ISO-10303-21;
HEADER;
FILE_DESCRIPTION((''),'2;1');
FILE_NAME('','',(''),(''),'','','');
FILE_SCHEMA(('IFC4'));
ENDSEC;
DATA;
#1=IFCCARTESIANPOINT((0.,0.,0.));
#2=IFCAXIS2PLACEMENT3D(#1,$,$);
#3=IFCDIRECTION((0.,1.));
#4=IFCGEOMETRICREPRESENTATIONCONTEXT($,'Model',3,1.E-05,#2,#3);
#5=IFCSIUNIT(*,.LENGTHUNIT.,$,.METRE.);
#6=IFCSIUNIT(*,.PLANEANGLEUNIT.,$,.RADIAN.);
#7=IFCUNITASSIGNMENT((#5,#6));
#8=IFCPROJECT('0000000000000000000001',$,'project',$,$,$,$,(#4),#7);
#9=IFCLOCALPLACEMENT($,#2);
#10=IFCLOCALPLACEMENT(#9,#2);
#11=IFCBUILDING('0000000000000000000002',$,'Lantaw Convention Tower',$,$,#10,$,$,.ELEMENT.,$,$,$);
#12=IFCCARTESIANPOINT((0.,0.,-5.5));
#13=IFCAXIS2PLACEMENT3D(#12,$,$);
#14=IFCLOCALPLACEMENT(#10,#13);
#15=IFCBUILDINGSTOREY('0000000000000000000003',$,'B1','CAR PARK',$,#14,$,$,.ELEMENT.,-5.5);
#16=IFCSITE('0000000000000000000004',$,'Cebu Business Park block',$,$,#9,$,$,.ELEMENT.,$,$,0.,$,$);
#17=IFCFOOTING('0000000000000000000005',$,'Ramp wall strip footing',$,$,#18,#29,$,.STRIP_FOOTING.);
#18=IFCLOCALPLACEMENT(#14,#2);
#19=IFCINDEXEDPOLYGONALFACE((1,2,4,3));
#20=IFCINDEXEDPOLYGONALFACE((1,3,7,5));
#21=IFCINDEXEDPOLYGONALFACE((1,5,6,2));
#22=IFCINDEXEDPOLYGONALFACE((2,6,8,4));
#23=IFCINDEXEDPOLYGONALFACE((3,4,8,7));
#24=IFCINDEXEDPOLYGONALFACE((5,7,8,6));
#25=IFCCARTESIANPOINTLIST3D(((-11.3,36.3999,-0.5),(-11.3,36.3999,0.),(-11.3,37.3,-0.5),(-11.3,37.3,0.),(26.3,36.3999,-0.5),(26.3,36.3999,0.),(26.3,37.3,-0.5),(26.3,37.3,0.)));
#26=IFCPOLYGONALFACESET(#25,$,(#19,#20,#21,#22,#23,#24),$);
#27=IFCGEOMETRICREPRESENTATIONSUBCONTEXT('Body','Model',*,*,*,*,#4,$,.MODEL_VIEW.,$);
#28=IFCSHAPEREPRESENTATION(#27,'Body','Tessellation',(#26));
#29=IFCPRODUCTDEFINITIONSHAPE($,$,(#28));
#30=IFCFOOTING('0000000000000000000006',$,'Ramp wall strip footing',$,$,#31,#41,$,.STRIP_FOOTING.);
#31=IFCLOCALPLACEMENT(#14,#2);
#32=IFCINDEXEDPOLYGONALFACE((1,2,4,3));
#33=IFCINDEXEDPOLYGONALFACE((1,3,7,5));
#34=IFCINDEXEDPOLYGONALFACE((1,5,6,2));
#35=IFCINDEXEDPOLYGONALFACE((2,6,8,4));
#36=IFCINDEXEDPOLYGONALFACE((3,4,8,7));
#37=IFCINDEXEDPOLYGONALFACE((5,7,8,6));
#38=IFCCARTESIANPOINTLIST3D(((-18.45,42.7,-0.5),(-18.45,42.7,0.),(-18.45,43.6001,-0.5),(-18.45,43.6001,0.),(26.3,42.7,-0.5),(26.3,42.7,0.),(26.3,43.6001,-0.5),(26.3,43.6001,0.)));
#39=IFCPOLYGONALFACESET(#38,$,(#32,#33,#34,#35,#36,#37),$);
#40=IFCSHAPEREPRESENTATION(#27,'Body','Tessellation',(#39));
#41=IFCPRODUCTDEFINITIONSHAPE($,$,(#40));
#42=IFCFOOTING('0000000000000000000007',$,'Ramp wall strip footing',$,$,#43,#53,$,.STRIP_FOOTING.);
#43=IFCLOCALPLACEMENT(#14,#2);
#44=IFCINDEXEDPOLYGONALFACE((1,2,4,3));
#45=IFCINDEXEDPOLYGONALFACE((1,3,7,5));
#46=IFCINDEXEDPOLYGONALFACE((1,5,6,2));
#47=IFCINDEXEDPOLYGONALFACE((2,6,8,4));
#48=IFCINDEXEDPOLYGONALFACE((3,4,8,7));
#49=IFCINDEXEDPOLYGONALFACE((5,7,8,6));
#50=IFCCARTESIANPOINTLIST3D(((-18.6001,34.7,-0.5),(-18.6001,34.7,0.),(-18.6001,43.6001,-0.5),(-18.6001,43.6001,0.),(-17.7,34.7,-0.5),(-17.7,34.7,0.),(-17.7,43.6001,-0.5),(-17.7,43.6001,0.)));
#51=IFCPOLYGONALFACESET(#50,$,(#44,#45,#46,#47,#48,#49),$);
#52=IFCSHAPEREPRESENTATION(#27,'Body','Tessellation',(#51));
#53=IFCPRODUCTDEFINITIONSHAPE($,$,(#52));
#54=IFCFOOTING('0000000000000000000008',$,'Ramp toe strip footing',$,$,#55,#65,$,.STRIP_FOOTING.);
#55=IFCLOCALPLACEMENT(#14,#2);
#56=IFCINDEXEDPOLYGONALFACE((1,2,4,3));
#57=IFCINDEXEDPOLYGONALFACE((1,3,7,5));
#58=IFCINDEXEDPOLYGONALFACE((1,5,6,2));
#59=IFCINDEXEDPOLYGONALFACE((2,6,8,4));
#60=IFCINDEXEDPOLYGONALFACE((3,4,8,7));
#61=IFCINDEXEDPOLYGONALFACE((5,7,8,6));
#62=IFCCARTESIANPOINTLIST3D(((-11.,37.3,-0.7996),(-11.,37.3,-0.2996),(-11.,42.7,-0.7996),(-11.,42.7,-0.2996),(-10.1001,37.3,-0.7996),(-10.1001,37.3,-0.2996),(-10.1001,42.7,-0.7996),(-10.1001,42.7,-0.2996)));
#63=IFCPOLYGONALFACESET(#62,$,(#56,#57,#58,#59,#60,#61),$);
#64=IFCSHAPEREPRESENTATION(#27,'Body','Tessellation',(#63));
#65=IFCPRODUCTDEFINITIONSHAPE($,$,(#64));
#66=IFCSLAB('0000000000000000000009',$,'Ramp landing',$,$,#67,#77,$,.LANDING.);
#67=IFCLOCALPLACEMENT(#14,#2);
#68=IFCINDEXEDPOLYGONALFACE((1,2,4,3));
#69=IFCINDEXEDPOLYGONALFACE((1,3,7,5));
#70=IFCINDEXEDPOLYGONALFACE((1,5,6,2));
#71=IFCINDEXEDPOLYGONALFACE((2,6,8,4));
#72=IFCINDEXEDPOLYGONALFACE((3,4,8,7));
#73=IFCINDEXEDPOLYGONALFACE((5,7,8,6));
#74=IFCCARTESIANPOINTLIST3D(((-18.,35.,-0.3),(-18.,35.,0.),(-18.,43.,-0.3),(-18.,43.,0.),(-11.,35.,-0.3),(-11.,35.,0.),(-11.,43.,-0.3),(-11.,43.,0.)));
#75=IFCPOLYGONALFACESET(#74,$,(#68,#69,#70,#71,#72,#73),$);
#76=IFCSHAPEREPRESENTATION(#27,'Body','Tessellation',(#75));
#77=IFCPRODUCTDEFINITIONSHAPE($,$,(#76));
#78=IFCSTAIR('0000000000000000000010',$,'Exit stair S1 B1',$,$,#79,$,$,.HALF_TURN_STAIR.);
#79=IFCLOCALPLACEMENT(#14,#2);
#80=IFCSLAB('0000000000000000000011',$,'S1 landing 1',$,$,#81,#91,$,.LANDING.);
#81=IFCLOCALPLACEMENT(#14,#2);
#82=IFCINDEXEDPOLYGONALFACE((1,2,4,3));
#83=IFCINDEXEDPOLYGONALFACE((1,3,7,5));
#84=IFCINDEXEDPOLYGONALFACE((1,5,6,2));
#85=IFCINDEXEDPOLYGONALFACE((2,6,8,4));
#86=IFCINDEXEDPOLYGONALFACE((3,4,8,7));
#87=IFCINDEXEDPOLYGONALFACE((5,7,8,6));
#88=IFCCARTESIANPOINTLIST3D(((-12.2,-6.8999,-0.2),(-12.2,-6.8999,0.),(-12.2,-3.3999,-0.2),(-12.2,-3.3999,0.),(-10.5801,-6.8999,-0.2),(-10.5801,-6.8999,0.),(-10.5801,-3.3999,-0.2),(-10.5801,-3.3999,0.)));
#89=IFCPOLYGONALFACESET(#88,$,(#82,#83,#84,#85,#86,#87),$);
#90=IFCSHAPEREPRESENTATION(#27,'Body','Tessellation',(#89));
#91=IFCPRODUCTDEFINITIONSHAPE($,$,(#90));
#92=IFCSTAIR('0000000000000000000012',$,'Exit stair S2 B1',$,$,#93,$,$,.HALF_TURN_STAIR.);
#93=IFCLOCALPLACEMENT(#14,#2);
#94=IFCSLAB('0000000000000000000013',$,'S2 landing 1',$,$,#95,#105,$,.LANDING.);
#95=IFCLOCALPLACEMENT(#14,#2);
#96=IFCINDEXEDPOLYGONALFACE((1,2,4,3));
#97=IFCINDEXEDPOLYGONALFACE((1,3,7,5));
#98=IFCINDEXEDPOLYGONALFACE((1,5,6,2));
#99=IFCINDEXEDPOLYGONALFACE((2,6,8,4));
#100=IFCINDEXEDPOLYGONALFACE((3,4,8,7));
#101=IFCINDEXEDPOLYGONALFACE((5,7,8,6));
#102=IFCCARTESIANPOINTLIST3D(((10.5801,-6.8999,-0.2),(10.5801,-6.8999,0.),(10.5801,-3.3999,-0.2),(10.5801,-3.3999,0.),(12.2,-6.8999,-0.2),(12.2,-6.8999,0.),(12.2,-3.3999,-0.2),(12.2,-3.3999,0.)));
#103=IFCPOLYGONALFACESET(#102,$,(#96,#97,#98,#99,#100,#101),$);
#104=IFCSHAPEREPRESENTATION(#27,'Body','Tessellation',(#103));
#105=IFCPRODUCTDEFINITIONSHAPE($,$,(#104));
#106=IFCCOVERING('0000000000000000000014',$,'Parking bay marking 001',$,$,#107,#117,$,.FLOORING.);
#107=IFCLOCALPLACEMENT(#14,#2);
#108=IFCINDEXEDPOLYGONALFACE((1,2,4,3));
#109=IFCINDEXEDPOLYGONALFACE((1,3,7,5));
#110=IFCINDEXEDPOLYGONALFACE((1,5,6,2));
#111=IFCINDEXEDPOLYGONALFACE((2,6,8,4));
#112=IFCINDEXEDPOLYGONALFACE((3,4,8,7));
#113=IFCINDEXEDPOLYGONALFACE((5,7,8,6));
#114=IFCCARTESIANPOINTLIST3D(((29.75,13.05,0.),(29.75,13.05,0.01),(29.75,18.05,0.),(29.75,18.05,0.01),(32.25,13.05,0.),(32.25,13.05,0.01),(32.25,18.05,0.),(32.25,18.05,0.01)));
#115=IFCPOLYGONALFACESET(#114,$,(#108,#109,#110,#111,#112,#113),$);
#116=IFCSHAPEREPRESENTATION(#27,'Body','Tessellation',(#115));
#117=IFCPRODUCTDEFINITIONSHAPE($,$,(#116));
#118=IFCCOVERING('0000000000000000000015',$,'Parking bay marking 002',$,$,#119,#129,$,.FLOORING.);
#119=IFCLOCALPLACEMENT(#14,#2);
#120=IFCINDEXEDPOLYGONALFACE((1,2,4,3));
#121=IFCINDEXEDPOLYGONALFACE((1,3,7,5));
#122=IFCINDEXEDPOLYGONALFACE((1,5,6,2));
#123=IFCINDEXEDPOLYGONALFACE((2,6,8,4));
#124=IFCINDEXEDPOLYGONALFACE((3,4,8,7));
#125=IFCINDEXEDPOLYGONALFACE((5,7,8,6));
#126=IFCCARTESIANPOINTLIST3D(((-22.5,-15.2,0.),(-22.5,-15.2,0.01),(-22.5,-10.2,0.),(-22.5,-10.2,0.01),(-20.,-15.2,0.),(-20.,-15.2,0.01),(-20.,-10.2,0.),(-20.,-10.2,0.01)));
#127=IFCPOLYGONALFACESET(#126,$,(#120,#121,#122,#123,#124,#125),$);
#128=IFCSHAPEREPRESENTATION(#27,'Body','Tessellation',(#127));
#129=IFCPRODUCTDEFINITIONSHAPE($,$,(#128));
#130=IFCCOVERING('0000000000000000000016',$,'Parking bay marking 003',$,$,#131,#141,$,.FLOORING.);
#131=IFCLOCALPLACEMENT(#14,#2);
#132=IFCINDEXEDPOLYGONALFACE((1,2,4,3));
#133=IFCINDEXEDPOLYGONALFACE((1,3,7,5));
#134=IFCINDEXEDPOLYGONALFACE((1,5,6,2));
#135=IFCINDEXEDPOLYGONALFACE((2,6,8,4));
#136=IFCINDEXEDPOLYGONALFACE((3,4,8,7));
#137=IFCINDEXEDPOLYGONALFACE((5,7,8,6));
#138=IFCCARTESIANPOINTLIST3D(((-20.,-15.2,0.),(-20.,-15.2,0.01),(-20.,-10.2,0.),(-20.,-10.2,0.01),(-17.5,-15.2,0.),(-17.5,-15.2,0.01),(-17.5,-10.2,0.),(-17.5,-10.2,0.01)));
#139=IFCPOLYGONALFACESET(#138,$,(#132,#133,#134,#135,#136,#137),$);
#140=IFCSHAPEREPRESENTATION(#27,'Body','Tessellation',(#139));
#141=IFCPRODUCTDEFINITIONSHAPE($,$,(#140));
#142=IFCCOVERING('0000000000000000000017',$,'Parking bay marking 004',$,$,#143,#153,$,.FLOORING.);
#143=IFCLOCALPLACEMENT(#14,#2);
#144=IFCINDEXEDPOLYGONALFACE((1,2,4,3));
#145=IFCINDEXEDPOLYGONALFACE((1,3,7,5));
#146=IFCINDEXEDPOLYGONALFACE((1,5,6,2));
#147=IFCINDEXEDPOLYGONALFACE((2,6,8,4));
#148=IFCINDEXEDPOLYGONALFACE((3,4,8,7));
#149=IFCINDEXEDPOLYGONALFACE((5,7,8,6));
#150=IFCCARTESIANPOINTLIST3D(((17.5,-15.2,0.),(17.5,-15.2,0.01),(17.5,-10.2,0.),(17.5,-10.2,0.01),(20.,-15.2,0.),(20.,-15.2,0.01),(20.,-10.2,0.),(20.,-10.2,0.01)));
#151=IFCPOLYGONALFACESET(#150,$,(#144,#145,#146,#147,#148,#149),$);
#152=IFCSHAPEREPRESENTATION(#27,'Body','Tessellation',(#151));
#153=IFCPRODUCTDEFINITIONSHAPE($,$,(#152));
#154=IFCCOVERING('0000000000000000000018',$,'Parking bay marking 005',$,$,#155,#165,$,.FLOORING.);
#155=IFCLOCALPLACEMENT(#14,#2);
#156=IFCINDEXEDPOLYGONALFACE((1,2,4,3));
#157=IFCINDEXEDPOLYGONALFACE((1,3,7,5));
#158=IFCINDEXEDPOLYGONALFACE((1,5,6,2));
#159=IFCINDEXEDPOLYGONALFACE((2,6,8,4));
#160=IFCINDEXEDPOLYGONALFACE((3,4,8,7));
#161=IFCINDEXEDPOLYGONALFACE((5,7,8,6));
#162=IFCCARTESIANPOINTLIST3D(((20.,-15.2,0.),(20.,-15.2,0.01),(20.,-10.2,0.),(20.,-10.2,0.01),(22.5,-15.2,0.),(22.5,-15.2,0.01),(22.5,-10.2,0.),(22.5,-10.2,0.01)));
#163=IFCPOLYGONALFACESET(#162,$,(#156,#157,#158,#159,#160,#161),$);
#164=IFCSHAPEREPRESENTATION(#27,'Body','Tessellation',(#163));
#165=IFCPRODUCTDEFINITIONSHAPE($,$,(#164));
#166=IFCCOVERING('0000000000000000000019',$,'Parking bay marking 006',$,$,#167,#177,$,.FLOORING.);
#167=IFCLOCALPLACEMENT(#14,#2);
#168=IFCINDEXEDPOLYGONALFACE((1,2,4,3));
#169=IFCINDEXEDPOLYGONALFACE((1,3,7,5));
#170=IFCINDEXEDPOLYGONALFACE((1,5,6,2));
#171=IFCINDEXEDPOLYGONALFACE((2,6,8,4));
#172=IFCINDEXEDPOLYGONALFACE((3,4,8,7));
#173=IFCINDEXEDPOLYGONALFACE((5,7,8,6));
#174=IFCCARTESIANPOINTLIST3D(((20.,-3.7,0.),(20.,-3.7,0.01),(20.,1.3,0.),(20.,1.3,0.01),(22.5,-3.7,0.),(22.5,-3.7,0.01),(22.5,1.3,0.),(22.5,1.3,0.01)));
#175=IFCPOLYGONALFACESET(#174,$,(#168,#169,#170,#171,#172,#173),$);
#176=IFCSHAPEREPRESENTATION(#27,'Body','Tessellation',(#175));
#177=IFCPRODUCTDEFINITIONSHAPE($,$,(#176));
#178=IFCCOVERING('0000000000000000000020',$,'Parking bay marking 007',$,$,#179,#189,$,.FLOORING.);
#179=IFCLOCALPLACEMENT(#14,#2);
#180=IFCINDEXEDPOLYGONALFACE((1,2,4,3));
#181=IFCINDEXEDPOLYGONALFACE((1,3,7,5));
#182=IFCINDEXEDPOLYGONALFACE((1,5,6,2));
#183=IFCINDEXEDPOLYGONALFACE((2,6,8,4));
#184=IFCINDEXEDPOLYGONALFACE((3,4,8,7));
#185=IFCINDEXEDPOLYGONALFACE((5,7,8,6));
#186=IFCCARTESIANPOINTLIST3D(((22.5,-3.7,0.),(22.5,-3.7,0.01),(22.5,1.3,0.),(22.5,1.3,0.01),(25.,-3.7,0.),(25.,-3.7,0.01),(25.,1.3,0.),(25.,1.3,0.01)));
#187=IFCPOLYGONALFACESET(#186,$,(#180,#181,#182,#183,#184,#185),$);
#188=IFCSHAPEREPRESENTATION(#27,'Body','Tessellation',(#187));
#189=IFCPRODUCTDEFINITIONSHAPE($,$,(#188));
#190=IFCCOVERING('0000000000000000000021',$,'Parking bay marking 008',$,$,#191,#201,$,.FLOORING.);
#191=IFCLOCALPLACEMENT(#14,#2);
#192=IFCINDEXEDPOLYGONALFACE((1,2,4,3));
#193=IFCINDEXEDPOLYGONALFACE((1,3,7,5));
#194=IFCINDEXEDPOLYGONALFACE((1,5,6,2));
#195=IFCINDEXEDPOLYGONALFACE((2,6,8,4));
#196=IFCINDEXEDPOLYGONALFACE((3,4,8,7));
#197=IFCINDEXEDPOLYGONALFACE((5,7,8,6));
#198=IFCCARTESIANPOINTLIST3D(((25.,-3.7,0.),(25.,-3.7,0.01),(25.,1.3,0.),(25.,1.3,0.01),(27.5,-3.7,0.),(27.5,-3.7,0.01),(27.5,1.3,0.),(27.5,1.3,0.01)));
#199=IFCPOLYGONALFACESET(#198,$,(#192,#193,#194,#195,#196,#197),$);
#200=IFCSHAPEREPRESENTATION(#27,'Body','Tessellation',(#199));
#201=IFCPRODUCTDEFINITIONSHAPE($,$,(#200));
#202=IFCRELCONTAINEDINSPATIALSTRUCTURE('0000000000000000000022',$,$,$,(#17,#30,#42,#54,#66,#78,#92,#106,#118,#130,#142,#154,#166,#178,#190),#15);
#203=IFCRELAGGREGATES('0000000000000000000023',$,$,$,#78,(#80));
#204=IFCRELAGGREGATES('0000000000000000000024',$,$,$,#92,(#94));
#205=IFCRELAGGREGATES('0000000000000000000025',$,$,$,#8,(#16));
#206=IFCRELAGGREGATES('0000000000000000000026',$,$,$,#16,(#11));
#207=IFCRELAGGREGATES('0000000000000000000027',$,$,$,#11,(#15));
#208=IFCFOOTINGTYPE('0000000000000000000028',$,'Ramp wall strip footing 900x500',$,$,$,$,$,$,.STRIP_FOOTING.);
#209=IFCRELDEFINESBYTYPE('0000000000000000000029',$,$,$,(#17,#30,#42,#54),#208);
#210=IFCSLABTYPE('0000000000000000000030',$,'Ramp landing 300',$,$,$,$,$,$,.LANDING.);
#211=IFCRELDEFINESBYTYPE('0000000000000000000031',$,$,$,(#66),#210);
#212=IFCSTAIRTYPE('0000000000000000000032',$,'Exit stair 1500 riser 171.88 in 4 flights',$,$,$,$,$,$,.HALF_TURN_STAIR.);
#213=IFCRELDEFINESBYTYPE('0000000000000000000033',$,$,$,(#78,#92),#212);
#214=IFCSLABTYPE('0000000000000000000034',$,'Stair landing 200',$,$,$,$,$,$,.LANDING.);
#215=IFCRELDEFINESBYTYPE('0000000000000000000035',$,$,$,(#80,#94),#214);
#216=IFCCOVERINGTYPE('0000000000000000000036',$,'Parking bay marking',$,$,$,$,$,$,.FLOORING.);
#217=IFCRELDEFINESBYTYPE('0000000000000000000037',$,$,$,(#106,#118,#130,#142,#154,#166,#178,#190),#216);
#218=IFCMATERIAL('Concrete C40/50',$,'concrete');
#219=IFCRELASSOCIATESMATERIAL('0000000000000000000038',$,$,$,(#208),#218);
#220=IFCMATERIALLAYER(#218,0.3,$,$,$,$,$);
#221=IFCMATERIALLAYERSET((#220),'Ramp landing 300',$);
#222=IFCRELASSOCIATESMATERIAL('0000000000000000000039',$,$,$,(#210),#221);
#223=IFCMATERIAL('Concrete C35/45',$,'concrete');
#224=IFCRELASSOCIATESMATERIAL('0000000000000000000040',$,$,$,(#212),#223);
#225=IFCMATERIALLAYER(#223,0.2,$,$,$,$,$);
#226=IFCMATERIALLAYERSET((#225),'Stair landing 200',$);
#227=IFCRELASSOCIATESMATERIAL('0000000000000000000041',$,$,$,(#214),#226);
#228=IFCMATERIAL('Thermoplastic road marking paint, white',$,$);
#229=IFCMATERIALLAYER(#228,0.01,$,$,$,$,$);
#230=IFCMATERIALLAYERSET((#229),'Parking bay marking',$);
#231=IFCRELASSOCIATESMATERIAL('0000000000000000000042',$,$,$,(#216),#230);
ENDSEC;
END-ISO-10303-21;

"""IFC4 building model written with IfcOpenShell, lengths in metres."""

from ifc_helpers import new_model, si_unit, direction, frame, origin, place, context, subcontext, project, spatial, polyline, outline, extrude, material, layer, layer_set, type_object, element, aggregate, save


model = new_model("IFC4")

# Units and contexts
model_context = context("Model", 3, precision=1e-05, world=origin(), true_north=direction((0.0, 1.0)))
body_context = subcontext(model_context, "Body", "Model", "MODEL_VIEW")
ifc_project = project(units=[si_unit("LENGTHUNIT", "METRE"), si_unit("PLANEANGLEUNIT", "RADIAN")], contexts=[model_context])

# Site, building, storey
site_placement = place(None, origin())
site = spatial("IfcSite", under=ifc_project, at=site_placement, Name="Cebu Business Park block", CompositionType="ELEMENT", RefElevation=0.0)
building_placement = place(site_placement, origin())
building = spatial("IfcBuilding", under=site, at=building_placement, Name="Lantaw Convention Tower", CompositionType="ELEMENT")
storey_placement = place(building_placement, frame((0.0, 0.0, -5.5)))
storey = spatial("IfcBuildingStorey", under=building, at=storey_placement, Name="B1", Description="CAR PARK", CompositionType="ELEMENT", Elevation=-5.5)

# Footings
ifc_material_1 = material(Name="Concrete C40/50", Category="concrete")
footing_type = type_object("IfcFootingType", Name="Ramp wall strip footing 900x500", PredefinedType="STRIP_FOOTING", material=ifc_material_1)
footing_1_placement = place(storey_placement, frame((0.0, 0.0, -0.5)))
element("IfcFooting", 1, at=footing_1_placement, inside=storey, type_object=footing_type, Name="Ramp wall strip footing", PredefinedType="STRIP_FOOTING", context=body_context, shape_type="SweptSolid", body=[
    extrude(outline(polyline([(-11.3, 37.3), (-11.3, 36.3999), (26.3, 36.3999), (26.3, 37.3), (-11.3, 37.3)])), origin(), (0.0, 0.0, 1.0), 0.5),
])
footing_2_placement = place(storey_placement, frame((0.0, 0.0, -0.5)))
element("IfcFooting", 2, at=footing_2_placement, inside=storey, type_object=footing_type, Name="Ramp wall strip footing", PredefinedType="STRIP_FOOTING", context=body_context, shape_type="SweptSolid", body=[
    extrude(outline(polyline([(26.3, 42.7), (26.3, 43.6001), (-18.45, 43.6001), (-18.45, 42.7), (26.3, 42.7)])), origin(), (0.0, 0.0, 1.0), 0.5),
])
footing_3_placement = place(storey_placement, frame((0.0, 0.0, -0.5)))
element("IfcFooting", 3, at=footing_3_placement, inside=storey, type_object=footing_type, Name="Ramp wall strip footing", PredefinedType="STRIP_FOOTING", context=body_context, shape_type="SweptSolid", body=[
    extrude(outline(polyline([(-17.7, 43.6001), (-18.6001, 43.6001), (-18.6001, 34.7), (-17.7, 34.7), (-17.7, 43.6001)])), origin(), (0.0, 0.0, 1.0), 0.5),
])
footing_4_placement = place(storey_placement, frame((0.0, 0.0, -0.7996)))
element("IfcFooting", 4, at=footing_4_placement, inside=storey, type_object=footing_type, Name="Ramp toe strip footing", PredefinedType="STRIP_FOOTING", context=body_context, shape_type="SweptSolid", body=[
    extrude(outline(polyline([(-11.0, 37.3), (-10.1001, 37.3), (-10.1001, 42.7), (-11.0, 42.7), (-11.0, 37.3)])), origin(), (0.0, 0.0, 1.0), 0.5),
])

# Slab
ifc_layer_1 = layer(ifc_material_1, 0.3)
ifc_layer_set_1 = layer_set([ifc_layer_1], Name="Ramp landing 300")
slab_type_1 = type_object("IfcSlabType", Name="Ramp landing 300", PredefinedType="LANDING", material=ifc_layer_set_1)
slab_1_placement = place(storey_placement, frame((0.0, 0.0, -0.3)))
element("IfcSlab", 5, at=slab_1_placement, inside=storey, type_object=slab_type_1, Name="Ramp landing", PredefinedType="LANDING", context=body_context, shape_type="SweptSolid", body=[
    extrude(outline(polyline([(-18.0, 35.0), (-11.0, 35.0), (-11.0, 43.0), (-18.0, 43.0), (-18.0, 35.0)])), origin(), (0.0, 0.0, 1.0), 0.3),
])

# Stairs, slabs
ifc_material_2 = material(Name="Concrete C35/45", Category="concrete")
stair_type = type_object("IfcStairType", Name="Exit stair 1500 riser 171.88 in 4 flights", PredefinedType="HALF_TURN_STAIR", material=ifc_material_2)
stair_1_placement = place(storey_placement, origin())
stair_1 = element("IfcStair", 6, at=stair_1_placement, inside=storey, type_object=stair_type, Name="Exit stair S1 B1", PredefinedType="HALF_TURN_STAIR")
ifc_layer_2 = layer(ifc_material_2, 0.2)
ifc_layer_set_2 = layer_set([ifc_layer_2], Name="Stair landing 200")
slab_type_2 = type_object("IfcSlabType", Name="Stair landing 200", PredefinedType="LANDING", material=ifc_layer_set_2)
slab_2_placement = place(storey_placement, frame((0.0, 0.0, -0.2)))
slab_2 = element("IfcSlab", 7, at=slab_2_placement, type_object=slab_type_2, Name="S1 landing 1", PredefinedType="LANDING", context=body_context, shape_type="SweptSolid", body=[
    extrude(outline(polyline([(-12.2, -6.8999), (-10.5801, -6.8999), (-10.5801, -3.3999), (-12.2, -3.3999), (-12.2, -6.8999)])), origin(), (0.0, 0.0, 1.0), 0.2),
])
aggregate(stair_1, [slab_2])
stair_2_placement = place(storey_placement, origin())
stair_2 = element("IfcStair", 8, at=stair_2_placement, inside=storey, type_object=stair_type, Name="Exit stair S2 B1", PredefinedType="HALF_TURN_STAIR")
slab_3_placement = place(storey_placement, frame((0.0, 0.0, -0.2)))
slab_3 = element("IfcSlab", 9, at=slab_3_placement, type_object=slab_type_2, Name="S2 landing 1", PredefinedType="LANDING", context=body_context, shape_type="SweptSolid", body=[
    extrude(outline(polyline([(10.5801, -6.8999), (12.2, -6.8999), (12.2, -3.3999), (10.5801, -3.3999), (10.5801, -6.8999)])), origin(), (0.0, 0.0, 1.0), 0.2),
])
aggregate(stair_2, [slab_3])

# Coverings
ifc_material_3 = material(Name="Thermoplastic road marking paint, white")
ifc_layer_3 = layer(ifc_material_3, 0.01)
ifc_layer_set_3 = layer_set([ifc_layer_3], Name="Parking bay marking")
covering_type = type_object("IfcCoveringType", Name="Parking bay marking", PredefinedType="FLOORING", material=ifc_layer_set_3)
covering_1_placement = place(storey_placement, origin())
element("IfcCovering", 10, at=covering_1_placement, inside=storey, type_object=covering_type, Name="Parking bay marking 001", PredefinedType="FLOORING", context=body_context, shape_type="SweptSolid", body=[
    extrude(outline(polyline([(29.75, 13.05), (32.25, 13.05), (32.25, 18.05), (29.75, 18.05), (29.75, 13.05)])), origin(), (0.0, 0.0, 1.0), 0.01),
])
covering_2_placement = place(storey_placement, origin())
element("IfcCovering", 11, at=covering_2_placement, inside=storey, type_object=covering_type, Name="Parking bay marking 002", PredefinedType="FLOORING", context=body_context, shape_type="SweptSolid", body=[
    extrude(outline(polyline([(-22.5, -15.2), (-20.0, -15.2), (-20.0, -10.2), (-22.5, -10.2), (-22.5, -15.2)])), origin(), (0.0, 0.0, 1.0), 0.01),
])
covering_3_placement = place(storey_placement, origin())
element("IfcCovering", 12, at=covering_3_placement, inside=storey, type_object=covering_type, Name="Parking bay marking 003", PredefinedType="FLOORING", context=body_context, shape_type="SweptSolid", body=[
    extrude(outline(polyline([(-20.0, -15.2), (-17.5, -15.2), (-17.5, -10.2), (-20.0, -10.2), (-20.0, -15.2)])), origin(), (0.0, 0.0, 1.0), 0.01),
])
covering_4_placement = place(storey_placement, origin())
element("IfcCovering", 13, at=covering_4_placement, inside=storey, type_object=covering_type, Name="Parking bay marking 004", PredefinedType="FLOORING", context=body_context, shape_type="SweptSolid", body=[
    extrude(outline(polyline([(17.5, -15.2), (20.0, -15.2), (20.0, -10.2), (17.5, -10.2), (17.5, -15.2)])), origin(), (0.0, 0.0, 1.0), 0.01),
])
covering_5_placement = place(storey_placement, origin())
element("IfcCovering", 14, at=covering_5_placement, inside=storey, type_object=covering_type, Name="Parking bay marking 005", PredefinedType="FLOORING", context=body_context, shape_type="SweptSolid", body=[
    extrude(outline(polyline([(20.0, -15.2), (22.5, -15.2), (22.5, -10.2), (20.0, -10.2), (20.0, -15.2)])), origin(), (0.0, 0.0, 1.0), 0.01),
])
covering_6_placement = place(storey_placement, origin())
element("IfcCovering", 15, at=covering_6_placement, inside=storey, type_object=covering_type, Name="Parking bay marking 006", PredefinedType="FLOORING", context=body_context, shape_type="SweptSolid", body=[
    extrude(outline(polyline([(20.0, -3.7), (22.5, -3.7), (22.5, 1.3), (20.0, 1.3), (20.0, -3.7)])), origin(), (0.0, 0.0, 1.0), 0.01),
])
covering_7_placement = place(storey_placement, origin())
element("IfcCovering", 16, at=covering_7_placement, inside=storey, type_object=covering_type, Name="Parking bay marking 007", PredefinedType="FLOORING", context=body_context, shape_type="SweptSolid", body=[
    extrude(outline(polyline([(22.5, -3.7), (25.0, -3.7), (25.0, 1.3), (22.5, 1.3), (22.5, -3.7)])), origin(), (0.0, 0.0, 1.0), 0.01),
])
covering_8_placement = place(storey_placement, origin())
element("IfcCovering", 17, at=covering_8_placement, inside=storey, type_object=covering_type, Name="Parking bay marking 008", PredefinedType="FLOORING", context=body_context, shape_type="SweptSolid", body=[
    extrude(outline(polyline([(25.0, -3.7), (27.5, -3.7), (27.5, 1.3), (25.0, 1.3), (25.0, -3.7)])), origin(), (0.0, 0.0, 1.0), 0.01),
])

save(model, "model.ifc")
